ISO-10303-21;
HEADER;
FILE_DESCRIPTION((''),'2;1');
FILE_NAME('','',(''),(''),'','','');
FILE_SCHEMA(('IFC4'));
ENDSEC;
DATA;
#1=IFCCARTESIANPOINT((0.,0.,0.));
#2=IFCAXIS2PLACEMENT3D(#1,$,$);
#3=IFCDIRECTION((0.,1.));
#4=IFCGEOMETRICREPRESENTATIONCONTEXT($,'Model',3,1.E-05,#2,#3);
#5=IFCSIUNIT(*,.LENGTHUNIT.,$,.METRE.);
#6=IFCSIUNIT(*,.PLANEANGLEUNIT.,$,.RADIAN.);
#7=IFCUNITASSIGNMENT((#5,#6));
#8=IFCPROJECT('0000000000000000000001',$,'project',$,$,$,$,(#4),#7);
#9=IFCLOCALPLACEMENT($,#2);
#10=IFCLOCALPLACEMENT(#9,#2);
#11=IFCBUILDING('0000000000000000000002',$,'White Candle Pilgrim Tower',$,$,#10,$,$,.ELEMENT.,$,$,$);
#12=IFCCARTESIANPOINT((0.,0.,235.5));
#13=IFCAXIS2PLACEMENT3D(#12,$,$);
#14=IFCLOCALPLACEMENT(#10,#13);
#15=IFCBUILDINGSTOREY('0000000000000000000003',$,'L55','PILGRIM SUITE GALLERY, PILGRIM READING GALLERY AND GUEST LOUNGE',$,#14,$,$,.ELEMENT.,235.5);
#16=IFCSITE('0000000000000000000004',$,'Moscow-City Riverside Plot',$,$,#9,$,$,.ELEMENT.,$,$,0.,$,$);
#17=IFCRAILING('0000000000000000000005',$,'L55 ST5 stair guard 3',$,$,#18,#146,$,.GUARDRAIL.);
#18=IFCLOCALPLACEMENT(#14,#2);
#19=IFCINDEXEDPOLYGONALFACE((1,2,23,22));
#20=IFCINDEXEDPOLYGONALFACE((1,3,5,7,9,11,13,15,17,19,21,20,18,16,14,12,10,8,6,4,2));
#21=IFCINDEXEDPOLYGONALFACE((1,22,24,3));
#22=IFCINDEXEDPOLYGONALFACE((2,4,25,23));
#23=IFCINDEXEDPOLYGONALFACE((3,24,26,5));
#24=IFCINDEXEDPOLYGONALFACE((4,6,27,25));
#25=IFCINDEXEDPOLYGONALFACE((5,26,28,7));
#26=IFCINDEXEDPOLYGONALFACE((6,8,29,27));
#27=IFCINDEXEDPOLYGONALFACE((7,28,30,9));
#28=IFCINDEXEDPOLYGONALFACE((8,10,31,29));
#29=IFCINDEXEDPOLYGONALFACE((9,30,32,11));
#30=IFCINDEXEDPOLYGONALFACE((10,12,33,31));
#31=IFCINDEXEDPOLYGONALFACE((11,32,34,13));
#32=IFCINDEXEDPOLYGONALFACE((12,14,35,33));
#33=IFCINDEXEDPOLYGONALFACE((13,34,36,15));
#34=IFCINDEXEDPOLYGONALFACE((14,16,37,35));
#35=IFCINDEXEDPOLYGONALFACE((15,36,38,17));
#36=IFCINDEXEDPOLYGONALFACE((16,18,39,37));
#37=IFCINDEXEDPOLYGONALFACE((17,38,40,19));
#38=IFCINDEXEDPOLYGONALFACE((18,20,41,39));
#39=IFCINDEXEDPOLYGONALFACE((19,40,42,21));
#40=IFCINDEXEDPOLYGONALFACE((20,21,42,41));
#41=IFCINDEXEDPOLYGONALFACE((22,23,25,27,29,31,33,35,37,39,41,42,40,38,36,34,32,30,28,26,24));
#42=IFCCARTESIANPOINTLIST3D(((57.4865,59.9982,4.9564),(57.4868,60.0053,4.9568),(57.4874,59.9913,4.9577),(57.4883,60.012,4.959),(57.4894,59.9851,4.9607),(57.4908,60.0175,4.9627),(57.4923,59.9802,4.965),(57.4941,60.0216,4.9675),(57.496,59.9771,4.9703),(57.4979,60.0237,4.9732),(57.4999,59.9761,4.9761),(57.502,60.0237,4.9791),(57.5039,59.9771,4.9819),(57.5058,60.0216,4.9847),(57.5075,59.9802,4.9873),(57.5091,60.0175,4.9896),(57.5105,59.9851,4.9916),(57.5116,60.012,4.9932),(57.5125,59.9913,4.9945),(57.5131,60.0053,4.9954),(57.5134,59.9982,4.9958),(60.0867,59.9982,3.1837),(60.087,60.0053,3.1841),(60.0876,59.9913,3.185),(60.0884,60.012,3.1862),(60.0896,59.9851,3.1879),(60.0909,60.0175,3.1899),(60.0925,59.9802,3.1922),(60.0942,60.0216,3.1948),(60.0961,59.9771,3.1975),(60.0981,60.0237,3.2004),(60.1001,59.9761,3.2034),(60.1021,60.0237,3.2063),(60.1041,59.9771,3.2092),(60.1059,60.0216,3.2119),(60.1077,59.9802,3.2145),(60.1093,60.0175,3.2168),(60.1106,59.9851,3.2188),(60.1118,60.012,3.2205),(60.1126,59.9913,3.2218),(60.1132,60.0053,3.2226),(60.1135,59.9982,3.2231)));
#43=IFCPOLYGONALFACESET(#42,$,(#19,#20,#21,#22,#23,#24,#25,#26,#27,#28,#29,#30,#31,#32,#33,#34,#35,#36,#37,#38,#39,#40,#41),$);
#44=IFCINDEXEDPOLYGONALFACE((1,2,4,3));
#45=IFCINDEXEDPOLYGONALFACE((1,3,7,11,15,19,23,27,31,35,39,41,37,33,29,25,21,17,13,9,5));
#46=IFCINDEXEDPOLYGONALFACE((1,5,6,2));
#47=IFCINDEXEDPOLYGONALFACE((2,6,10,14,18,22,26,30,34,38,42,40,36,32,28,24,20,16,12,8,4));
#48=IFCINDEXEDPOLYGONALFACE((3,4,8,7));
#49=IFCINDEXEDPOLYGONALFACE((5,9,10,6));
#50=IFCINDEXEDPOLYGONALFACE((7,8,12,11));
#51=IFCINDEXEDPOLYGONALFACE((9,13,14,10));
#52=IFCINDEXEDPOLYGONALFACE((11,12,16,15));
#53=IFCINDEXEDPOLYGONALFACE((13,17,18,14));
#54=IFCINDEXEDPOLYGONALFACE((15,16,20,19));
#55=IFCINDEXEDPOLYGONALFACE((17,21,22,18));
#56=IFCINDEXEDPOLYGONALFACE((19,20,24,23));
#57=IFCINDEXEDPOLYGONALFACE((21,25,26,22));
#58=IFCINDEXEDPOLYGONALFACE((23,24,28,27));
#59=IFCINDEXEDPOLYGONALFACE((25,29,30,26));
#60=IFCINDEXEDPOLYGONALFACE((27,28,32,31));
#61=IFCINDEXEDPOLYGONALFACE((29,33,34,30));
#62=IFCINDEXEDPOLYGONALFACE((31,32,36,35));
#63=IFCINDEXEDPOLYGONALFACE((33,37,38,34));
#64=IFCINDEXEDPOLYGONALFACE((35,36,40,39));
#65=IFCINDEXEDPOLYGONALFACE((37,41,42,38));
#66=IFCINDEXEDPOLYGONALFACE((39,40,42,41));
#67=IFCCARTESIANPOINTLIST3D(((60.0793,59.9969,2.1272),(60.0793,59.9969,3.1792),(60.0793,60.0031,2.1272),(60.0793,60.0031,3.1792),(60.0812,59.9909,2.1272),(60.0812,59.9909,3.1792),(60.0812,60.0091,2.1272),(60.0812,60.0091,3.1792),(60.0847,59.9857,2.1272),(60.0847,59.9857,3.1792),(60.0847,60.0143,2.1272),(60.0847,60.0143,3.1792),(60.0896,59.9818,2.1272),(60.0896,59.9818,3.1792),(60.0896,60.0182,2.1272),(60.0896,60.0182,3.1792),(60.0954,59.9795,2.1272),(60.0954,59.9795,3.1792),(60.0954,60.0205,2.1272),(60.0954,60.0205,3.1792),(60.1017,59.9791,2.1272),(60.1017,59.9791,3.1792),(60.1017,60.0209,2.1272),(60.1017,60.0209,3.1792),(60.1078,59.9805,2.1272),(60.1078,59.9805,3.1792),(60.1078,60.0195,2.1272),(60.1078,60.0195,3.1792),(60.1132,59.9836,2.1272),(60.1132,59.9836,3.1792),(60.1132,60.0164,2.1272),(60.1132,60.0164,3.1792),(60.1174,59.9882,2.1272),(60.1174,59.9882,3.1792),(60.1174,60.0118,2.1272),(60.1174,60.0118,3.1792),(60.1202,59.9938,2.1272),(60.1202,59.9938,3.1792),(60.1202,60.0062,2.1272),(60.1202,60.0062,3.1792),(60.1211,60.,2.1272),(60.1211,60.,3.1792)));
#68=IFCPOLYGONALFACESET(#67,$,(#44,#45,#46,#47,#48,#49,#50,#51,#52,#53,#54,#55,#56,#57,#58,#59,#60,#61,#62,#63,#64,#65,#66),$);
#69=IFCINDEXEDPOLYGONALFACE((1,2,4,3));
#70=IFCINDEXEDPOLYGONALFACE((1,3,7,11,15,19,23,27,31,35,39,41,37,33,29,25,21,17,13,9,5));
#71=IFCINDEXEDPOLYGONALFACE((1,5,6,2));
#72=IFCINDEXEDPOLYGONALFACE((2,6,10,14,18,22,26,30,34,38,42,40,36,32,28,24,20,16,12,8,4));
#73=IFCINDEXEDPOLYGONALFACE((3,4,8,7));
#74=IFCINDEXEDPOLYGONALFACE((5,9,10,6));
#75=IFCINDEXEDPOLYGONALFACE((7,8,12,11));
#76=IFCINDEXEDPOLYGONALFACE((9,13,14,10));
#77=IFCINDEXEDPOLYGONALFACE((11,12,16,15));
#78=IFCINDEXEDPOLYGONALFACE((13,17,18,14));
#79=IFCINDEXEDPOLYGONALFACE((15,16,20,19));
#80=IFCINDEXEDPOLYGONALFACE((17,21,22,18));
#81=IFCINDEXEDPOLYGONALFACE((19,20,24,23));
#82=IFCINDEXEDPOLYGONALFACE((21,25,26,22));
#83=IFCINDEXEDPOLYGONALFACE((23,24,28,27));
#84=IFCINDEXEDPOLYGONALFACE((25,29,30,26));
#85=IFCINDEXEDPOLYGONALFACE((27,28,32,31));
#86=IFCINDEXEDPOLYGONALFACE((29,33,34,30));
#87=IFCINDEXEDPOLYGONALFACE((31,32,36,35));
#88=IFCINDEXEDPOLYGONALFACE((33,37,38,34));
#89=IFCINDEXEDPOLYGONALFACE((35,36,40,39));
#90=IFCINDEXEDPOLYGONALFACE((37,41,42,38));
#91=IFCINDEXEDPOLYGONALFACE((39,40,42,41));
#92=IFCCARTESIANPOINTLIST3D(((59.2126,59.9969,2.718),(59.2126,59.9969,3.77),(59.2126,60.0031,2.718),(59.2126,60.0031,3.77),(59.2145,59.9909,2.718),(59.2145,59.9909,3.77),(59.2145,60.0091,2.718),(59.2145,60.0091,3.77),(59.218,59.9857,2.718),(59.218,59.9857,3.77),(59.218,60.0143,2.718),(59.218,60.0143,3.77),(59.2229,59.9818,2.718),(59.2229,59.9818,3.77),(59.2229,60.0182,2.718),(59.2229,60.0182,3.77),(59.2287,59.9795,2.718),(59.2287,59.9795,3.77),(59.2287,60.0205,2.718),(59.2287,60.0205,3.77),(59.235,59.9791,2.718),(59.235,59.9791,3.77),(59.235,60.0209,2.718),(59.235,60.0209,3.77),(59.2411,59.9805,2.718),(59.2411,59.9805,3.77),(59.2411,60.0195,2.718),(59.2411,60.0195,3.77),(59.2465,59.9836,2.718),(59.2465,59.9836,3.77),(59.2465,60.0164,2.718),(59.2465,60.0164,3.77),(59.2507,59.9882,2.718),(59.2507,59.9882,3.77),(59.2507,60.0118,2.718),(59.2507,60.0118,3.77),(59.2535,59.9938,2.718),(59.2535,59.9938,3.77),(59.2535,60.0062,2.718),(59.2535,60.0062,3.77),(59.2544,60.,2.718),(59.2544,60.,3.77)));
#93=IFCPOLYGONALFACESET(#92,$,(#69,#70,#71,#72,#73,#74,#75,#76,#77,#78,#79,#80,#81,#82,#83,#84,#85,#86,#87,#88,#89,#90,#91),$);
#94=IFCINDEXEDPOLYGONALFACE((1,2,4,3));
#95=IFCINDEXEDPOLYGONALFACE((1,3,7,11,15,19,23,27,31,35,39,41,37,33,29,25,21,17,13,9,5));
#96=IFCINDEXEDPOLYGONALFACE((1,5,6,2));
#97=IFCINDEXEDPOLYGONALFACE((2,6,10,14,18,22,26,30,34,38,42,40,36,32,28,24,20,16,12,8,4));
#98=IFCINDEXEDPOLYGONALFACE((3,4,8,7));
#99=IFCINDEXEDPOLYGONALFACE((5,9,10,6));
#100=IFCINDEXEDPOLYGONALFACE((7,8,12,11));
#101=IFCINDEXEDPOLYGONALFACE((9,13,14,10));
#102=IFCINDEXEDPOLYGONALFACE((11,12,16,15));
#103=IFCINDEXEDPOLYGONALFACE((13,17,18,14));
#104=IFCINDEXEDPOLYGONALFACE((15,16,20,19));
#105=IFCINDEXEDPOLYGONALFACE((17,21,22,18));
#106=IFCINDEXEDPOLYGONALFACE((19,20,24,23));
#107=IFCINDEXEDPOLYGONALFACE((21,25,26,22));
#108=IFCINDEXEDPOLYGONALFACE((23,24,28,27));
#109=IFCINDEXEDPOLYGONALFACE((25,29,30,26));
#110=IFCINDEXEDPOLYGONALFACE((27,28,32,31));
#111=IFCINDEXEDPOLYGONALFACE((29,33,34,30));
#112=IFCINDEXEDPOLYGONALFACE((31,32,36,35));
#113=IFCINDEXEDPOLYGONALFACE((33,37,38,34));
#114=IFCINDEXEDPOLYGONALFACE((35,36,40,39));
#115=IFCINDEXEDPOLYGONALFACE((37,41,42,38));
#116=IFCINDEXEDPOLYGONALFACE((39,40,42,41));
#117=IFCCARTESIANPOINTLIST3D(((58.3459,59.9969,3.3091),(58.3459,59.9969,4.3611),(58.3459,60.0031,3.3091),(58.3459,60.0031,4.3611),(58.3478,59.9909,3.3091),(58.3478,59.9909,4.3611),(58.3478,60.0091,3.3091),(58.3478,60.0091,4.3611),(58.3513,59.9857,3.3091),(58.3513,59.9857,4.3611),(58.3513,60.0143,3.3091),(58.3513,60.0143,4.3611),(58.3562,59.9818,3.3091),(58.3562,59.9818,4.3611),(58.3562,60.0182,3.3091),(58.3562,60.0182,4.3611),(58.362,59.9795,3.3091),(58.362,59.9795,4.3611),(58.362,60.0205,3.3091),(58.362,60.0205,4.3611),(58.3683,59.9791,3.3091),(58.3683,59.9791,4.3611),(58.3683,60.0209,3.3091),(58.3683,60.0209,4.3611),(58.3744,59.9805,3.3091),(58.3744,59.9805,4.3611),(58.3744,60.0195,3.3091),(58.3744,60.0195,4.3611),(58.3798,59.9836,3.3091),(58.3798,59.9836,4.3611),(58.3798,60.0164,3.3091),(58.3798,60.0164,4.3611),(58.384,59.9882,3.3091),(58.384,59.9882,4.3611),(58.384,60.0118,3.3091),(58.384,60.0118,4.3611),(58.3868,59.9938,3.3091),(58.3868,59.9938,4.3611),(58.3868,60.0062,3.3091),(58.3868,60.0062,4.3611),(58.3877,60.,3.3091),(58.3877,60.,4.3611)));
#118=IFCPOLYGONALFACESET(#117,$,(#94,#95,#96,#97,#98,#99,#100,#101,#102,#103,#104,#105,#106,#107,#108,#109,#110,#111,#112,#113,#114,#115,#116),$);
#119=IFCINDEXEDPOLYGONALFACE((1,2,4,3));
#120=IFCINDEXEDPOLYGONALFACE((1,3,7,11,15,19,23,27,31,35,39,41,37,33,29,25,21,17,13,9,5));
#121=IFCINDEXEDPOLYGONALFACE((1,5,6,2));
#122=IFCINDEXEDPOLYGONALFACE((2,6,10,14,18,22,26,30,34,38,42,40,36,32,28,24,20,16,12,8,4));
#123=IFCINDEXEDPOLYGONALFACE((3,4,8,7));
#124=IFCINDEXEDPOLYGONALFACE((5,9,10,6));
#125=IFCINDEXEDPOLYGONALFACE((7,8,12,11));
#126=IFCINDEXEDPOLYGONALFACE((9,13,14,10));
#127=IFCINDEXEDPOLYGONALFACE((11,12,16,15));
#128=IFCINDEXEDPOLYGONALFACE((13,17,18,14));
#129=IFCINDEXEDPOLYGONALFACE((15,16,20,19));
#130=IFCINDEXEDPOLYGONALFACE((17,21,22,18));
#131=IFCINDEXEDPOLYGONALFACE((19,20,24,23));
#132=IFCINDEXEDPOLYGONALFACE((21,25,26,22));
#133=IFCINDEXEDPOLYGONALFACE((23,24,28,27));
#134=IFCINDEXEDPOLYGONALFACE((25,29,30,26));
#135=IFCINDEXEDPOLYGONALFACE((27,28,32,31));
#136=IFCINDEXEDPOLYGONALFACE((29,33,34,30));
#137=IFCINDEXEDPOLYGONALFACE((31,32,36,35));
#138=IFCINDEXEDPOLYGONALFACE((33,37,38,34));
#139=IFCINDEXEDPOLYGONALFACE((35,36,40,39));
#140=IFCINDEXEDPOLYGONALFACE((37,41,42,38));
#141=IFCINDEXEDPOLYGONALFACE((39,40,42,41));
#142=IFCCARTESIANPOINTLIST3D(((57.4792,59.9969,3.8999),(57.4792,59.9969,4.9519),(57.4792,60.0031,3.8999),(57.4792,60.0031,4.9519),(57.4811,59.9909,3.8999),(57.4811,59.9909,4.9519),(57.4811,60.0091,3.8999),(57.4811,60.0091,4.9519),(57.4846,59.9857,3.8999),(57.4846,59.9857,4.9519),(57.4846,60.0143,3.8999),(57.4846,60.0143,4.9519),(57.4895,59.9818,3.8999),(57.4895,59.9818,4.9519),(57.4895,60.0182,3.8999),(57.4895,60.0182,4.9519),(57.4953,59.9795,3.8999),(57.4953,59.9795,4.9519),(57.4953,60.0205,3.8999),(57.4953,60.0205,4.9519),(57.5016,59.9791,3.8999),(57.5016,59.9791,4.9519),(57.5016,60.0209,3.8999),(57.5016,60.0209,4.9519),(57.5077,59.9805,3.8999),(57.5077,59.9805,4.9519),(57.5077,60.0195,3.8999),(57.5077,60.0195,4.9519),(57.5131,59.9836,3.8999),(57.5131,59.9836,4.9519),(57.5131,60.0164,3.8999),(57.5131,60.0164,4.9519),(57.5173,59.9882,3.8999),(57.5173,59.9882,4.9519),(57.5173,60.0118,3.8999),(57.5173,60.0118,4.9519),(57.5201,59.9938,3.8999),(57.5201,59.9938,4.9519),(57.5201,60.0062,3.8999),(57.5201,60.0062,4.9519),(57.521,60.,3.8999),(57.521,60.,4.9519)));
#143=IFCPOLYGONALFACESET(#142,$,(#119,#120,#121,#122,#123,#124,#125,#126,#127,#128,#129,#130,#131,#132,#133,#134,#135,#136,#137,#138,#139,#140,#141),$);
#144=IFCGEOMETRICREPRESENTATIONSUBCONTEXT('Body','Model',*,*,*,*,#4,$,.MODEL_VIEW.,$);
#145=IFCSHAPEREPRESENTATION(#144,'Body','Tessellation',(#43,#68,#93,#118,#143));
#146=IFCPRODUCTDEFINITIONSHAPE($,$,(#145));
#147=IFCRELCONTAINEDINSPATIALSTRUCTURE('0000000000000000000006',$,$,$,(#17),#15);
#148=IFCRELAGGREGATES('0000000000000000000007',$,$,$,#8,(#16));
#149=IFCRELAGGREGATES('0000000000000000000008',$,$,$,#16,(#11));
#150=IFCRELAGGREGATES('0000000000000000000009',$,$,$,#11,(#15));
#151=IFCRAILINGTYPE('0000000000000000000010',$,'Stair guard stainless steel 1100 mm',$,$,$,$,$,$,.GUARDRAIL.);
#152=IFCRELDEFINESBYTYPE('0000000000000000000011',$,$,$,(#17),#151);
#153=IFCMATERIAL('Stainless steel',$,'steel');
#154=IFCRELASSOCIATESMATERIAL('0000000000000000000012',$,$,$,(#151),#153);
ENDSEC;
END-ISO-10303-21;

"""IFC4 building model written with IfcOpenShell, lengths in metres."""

from ifc_helpers import new_model, si_unit, direction, frame, origin, origin_2d, place, context, subcontext, project, spatial, circle, extrude, material, type_object, element, save


model = new_model("IFC4")

# Units and contexts
model_context = context("Model", 3, precision=1e-05, world=origin(), true_north=direction((0.0, 1.0)))
body_context = subcontext(model_context, "Body", "Model", "MODEL_VIEW")
ifc_project = project(units=[si_unit("LENGTHUNIT", "METRE"), si_unit("PLANEANGLEUNIT", "RADIAN")], contexts=[model_context])

# Site, building, storey
site_placement = place(None, origin())
site = spatial("IfcSite", under=ifc_project, at=site_placement, Name="Moscow-City Riverside Plot", CompositionType="ELEMENT", RefElevation=0.0)
building_placement = place(site_placement, origin())
building = spatial("IfcBuilding", under=site, at=building_placement, Name="White Candle Pilgrim Tower", CompositionType="ELEMENT")
storey_placement = place(building_placement, frame((0.0, 0.0, 235.5)))
storey = spatial("IfcBuildingStorey", under=building, at=storey_placement, Name="L55", Description="PILGRIM SUITE GALLERY, PILGRIM READING GALLERY AND GUEST LOUNGE", CompositionType="ELEMENT", Elevation=235.5)

# Railing
ifc_material_1 = material(Name="Stainless steel", Category="steel")
railing_type_1 = type_object("IfcRailingType", Name="Stair guard stainless steel 1100 mm", PredefinedType="GUARDRAIL", material=ifc_material_1)
railing_1_placement = place(storey_placement, frame((60.1001, 60.0, 2.1272)))
element("IfcRailing", 1, at=railing_1_placement, inside=storey, type_object=railing_type_1, Name="L55 ST5 stair guard 3", PredefinedType="GUARDRAIL", context=body_context, shape_type="SweptSolid", body=[
    extrude(circle(Radius=0.0239, at=origin_2d()), frame((0.0, 0.0, 1.0762), z_axis=(-0.82624, 0.0, 0.563318), x_axis=(0.0, -1.0, 0.0)), (0.0, 0.0, 1.0), 3.147),
    extrude(circle(Radius=0.021, at=origin_2d()), origin(), (0.0, 0.0, 1.0), 1.052),
    extrude(circle(Radius=0.021, at=origin_2d()), frame((-0.8667, 0.0, 0.5908)), (0.0, 0.0, 1.0), 1.052),
    extrude(circle(Radius=0.021, at=origin_2d()), frame((-1.7334, 0.0, 1.1819)), (0.0, 0.0, 1.0), 1.052),
    extrude(circle(Radius=0.021, at=origin_2d()), frame((-2.6001, 0.0, 1.7727)), (0.0, 0.0, 1.0), 1.052),
])

save(model, "model.ifc")
